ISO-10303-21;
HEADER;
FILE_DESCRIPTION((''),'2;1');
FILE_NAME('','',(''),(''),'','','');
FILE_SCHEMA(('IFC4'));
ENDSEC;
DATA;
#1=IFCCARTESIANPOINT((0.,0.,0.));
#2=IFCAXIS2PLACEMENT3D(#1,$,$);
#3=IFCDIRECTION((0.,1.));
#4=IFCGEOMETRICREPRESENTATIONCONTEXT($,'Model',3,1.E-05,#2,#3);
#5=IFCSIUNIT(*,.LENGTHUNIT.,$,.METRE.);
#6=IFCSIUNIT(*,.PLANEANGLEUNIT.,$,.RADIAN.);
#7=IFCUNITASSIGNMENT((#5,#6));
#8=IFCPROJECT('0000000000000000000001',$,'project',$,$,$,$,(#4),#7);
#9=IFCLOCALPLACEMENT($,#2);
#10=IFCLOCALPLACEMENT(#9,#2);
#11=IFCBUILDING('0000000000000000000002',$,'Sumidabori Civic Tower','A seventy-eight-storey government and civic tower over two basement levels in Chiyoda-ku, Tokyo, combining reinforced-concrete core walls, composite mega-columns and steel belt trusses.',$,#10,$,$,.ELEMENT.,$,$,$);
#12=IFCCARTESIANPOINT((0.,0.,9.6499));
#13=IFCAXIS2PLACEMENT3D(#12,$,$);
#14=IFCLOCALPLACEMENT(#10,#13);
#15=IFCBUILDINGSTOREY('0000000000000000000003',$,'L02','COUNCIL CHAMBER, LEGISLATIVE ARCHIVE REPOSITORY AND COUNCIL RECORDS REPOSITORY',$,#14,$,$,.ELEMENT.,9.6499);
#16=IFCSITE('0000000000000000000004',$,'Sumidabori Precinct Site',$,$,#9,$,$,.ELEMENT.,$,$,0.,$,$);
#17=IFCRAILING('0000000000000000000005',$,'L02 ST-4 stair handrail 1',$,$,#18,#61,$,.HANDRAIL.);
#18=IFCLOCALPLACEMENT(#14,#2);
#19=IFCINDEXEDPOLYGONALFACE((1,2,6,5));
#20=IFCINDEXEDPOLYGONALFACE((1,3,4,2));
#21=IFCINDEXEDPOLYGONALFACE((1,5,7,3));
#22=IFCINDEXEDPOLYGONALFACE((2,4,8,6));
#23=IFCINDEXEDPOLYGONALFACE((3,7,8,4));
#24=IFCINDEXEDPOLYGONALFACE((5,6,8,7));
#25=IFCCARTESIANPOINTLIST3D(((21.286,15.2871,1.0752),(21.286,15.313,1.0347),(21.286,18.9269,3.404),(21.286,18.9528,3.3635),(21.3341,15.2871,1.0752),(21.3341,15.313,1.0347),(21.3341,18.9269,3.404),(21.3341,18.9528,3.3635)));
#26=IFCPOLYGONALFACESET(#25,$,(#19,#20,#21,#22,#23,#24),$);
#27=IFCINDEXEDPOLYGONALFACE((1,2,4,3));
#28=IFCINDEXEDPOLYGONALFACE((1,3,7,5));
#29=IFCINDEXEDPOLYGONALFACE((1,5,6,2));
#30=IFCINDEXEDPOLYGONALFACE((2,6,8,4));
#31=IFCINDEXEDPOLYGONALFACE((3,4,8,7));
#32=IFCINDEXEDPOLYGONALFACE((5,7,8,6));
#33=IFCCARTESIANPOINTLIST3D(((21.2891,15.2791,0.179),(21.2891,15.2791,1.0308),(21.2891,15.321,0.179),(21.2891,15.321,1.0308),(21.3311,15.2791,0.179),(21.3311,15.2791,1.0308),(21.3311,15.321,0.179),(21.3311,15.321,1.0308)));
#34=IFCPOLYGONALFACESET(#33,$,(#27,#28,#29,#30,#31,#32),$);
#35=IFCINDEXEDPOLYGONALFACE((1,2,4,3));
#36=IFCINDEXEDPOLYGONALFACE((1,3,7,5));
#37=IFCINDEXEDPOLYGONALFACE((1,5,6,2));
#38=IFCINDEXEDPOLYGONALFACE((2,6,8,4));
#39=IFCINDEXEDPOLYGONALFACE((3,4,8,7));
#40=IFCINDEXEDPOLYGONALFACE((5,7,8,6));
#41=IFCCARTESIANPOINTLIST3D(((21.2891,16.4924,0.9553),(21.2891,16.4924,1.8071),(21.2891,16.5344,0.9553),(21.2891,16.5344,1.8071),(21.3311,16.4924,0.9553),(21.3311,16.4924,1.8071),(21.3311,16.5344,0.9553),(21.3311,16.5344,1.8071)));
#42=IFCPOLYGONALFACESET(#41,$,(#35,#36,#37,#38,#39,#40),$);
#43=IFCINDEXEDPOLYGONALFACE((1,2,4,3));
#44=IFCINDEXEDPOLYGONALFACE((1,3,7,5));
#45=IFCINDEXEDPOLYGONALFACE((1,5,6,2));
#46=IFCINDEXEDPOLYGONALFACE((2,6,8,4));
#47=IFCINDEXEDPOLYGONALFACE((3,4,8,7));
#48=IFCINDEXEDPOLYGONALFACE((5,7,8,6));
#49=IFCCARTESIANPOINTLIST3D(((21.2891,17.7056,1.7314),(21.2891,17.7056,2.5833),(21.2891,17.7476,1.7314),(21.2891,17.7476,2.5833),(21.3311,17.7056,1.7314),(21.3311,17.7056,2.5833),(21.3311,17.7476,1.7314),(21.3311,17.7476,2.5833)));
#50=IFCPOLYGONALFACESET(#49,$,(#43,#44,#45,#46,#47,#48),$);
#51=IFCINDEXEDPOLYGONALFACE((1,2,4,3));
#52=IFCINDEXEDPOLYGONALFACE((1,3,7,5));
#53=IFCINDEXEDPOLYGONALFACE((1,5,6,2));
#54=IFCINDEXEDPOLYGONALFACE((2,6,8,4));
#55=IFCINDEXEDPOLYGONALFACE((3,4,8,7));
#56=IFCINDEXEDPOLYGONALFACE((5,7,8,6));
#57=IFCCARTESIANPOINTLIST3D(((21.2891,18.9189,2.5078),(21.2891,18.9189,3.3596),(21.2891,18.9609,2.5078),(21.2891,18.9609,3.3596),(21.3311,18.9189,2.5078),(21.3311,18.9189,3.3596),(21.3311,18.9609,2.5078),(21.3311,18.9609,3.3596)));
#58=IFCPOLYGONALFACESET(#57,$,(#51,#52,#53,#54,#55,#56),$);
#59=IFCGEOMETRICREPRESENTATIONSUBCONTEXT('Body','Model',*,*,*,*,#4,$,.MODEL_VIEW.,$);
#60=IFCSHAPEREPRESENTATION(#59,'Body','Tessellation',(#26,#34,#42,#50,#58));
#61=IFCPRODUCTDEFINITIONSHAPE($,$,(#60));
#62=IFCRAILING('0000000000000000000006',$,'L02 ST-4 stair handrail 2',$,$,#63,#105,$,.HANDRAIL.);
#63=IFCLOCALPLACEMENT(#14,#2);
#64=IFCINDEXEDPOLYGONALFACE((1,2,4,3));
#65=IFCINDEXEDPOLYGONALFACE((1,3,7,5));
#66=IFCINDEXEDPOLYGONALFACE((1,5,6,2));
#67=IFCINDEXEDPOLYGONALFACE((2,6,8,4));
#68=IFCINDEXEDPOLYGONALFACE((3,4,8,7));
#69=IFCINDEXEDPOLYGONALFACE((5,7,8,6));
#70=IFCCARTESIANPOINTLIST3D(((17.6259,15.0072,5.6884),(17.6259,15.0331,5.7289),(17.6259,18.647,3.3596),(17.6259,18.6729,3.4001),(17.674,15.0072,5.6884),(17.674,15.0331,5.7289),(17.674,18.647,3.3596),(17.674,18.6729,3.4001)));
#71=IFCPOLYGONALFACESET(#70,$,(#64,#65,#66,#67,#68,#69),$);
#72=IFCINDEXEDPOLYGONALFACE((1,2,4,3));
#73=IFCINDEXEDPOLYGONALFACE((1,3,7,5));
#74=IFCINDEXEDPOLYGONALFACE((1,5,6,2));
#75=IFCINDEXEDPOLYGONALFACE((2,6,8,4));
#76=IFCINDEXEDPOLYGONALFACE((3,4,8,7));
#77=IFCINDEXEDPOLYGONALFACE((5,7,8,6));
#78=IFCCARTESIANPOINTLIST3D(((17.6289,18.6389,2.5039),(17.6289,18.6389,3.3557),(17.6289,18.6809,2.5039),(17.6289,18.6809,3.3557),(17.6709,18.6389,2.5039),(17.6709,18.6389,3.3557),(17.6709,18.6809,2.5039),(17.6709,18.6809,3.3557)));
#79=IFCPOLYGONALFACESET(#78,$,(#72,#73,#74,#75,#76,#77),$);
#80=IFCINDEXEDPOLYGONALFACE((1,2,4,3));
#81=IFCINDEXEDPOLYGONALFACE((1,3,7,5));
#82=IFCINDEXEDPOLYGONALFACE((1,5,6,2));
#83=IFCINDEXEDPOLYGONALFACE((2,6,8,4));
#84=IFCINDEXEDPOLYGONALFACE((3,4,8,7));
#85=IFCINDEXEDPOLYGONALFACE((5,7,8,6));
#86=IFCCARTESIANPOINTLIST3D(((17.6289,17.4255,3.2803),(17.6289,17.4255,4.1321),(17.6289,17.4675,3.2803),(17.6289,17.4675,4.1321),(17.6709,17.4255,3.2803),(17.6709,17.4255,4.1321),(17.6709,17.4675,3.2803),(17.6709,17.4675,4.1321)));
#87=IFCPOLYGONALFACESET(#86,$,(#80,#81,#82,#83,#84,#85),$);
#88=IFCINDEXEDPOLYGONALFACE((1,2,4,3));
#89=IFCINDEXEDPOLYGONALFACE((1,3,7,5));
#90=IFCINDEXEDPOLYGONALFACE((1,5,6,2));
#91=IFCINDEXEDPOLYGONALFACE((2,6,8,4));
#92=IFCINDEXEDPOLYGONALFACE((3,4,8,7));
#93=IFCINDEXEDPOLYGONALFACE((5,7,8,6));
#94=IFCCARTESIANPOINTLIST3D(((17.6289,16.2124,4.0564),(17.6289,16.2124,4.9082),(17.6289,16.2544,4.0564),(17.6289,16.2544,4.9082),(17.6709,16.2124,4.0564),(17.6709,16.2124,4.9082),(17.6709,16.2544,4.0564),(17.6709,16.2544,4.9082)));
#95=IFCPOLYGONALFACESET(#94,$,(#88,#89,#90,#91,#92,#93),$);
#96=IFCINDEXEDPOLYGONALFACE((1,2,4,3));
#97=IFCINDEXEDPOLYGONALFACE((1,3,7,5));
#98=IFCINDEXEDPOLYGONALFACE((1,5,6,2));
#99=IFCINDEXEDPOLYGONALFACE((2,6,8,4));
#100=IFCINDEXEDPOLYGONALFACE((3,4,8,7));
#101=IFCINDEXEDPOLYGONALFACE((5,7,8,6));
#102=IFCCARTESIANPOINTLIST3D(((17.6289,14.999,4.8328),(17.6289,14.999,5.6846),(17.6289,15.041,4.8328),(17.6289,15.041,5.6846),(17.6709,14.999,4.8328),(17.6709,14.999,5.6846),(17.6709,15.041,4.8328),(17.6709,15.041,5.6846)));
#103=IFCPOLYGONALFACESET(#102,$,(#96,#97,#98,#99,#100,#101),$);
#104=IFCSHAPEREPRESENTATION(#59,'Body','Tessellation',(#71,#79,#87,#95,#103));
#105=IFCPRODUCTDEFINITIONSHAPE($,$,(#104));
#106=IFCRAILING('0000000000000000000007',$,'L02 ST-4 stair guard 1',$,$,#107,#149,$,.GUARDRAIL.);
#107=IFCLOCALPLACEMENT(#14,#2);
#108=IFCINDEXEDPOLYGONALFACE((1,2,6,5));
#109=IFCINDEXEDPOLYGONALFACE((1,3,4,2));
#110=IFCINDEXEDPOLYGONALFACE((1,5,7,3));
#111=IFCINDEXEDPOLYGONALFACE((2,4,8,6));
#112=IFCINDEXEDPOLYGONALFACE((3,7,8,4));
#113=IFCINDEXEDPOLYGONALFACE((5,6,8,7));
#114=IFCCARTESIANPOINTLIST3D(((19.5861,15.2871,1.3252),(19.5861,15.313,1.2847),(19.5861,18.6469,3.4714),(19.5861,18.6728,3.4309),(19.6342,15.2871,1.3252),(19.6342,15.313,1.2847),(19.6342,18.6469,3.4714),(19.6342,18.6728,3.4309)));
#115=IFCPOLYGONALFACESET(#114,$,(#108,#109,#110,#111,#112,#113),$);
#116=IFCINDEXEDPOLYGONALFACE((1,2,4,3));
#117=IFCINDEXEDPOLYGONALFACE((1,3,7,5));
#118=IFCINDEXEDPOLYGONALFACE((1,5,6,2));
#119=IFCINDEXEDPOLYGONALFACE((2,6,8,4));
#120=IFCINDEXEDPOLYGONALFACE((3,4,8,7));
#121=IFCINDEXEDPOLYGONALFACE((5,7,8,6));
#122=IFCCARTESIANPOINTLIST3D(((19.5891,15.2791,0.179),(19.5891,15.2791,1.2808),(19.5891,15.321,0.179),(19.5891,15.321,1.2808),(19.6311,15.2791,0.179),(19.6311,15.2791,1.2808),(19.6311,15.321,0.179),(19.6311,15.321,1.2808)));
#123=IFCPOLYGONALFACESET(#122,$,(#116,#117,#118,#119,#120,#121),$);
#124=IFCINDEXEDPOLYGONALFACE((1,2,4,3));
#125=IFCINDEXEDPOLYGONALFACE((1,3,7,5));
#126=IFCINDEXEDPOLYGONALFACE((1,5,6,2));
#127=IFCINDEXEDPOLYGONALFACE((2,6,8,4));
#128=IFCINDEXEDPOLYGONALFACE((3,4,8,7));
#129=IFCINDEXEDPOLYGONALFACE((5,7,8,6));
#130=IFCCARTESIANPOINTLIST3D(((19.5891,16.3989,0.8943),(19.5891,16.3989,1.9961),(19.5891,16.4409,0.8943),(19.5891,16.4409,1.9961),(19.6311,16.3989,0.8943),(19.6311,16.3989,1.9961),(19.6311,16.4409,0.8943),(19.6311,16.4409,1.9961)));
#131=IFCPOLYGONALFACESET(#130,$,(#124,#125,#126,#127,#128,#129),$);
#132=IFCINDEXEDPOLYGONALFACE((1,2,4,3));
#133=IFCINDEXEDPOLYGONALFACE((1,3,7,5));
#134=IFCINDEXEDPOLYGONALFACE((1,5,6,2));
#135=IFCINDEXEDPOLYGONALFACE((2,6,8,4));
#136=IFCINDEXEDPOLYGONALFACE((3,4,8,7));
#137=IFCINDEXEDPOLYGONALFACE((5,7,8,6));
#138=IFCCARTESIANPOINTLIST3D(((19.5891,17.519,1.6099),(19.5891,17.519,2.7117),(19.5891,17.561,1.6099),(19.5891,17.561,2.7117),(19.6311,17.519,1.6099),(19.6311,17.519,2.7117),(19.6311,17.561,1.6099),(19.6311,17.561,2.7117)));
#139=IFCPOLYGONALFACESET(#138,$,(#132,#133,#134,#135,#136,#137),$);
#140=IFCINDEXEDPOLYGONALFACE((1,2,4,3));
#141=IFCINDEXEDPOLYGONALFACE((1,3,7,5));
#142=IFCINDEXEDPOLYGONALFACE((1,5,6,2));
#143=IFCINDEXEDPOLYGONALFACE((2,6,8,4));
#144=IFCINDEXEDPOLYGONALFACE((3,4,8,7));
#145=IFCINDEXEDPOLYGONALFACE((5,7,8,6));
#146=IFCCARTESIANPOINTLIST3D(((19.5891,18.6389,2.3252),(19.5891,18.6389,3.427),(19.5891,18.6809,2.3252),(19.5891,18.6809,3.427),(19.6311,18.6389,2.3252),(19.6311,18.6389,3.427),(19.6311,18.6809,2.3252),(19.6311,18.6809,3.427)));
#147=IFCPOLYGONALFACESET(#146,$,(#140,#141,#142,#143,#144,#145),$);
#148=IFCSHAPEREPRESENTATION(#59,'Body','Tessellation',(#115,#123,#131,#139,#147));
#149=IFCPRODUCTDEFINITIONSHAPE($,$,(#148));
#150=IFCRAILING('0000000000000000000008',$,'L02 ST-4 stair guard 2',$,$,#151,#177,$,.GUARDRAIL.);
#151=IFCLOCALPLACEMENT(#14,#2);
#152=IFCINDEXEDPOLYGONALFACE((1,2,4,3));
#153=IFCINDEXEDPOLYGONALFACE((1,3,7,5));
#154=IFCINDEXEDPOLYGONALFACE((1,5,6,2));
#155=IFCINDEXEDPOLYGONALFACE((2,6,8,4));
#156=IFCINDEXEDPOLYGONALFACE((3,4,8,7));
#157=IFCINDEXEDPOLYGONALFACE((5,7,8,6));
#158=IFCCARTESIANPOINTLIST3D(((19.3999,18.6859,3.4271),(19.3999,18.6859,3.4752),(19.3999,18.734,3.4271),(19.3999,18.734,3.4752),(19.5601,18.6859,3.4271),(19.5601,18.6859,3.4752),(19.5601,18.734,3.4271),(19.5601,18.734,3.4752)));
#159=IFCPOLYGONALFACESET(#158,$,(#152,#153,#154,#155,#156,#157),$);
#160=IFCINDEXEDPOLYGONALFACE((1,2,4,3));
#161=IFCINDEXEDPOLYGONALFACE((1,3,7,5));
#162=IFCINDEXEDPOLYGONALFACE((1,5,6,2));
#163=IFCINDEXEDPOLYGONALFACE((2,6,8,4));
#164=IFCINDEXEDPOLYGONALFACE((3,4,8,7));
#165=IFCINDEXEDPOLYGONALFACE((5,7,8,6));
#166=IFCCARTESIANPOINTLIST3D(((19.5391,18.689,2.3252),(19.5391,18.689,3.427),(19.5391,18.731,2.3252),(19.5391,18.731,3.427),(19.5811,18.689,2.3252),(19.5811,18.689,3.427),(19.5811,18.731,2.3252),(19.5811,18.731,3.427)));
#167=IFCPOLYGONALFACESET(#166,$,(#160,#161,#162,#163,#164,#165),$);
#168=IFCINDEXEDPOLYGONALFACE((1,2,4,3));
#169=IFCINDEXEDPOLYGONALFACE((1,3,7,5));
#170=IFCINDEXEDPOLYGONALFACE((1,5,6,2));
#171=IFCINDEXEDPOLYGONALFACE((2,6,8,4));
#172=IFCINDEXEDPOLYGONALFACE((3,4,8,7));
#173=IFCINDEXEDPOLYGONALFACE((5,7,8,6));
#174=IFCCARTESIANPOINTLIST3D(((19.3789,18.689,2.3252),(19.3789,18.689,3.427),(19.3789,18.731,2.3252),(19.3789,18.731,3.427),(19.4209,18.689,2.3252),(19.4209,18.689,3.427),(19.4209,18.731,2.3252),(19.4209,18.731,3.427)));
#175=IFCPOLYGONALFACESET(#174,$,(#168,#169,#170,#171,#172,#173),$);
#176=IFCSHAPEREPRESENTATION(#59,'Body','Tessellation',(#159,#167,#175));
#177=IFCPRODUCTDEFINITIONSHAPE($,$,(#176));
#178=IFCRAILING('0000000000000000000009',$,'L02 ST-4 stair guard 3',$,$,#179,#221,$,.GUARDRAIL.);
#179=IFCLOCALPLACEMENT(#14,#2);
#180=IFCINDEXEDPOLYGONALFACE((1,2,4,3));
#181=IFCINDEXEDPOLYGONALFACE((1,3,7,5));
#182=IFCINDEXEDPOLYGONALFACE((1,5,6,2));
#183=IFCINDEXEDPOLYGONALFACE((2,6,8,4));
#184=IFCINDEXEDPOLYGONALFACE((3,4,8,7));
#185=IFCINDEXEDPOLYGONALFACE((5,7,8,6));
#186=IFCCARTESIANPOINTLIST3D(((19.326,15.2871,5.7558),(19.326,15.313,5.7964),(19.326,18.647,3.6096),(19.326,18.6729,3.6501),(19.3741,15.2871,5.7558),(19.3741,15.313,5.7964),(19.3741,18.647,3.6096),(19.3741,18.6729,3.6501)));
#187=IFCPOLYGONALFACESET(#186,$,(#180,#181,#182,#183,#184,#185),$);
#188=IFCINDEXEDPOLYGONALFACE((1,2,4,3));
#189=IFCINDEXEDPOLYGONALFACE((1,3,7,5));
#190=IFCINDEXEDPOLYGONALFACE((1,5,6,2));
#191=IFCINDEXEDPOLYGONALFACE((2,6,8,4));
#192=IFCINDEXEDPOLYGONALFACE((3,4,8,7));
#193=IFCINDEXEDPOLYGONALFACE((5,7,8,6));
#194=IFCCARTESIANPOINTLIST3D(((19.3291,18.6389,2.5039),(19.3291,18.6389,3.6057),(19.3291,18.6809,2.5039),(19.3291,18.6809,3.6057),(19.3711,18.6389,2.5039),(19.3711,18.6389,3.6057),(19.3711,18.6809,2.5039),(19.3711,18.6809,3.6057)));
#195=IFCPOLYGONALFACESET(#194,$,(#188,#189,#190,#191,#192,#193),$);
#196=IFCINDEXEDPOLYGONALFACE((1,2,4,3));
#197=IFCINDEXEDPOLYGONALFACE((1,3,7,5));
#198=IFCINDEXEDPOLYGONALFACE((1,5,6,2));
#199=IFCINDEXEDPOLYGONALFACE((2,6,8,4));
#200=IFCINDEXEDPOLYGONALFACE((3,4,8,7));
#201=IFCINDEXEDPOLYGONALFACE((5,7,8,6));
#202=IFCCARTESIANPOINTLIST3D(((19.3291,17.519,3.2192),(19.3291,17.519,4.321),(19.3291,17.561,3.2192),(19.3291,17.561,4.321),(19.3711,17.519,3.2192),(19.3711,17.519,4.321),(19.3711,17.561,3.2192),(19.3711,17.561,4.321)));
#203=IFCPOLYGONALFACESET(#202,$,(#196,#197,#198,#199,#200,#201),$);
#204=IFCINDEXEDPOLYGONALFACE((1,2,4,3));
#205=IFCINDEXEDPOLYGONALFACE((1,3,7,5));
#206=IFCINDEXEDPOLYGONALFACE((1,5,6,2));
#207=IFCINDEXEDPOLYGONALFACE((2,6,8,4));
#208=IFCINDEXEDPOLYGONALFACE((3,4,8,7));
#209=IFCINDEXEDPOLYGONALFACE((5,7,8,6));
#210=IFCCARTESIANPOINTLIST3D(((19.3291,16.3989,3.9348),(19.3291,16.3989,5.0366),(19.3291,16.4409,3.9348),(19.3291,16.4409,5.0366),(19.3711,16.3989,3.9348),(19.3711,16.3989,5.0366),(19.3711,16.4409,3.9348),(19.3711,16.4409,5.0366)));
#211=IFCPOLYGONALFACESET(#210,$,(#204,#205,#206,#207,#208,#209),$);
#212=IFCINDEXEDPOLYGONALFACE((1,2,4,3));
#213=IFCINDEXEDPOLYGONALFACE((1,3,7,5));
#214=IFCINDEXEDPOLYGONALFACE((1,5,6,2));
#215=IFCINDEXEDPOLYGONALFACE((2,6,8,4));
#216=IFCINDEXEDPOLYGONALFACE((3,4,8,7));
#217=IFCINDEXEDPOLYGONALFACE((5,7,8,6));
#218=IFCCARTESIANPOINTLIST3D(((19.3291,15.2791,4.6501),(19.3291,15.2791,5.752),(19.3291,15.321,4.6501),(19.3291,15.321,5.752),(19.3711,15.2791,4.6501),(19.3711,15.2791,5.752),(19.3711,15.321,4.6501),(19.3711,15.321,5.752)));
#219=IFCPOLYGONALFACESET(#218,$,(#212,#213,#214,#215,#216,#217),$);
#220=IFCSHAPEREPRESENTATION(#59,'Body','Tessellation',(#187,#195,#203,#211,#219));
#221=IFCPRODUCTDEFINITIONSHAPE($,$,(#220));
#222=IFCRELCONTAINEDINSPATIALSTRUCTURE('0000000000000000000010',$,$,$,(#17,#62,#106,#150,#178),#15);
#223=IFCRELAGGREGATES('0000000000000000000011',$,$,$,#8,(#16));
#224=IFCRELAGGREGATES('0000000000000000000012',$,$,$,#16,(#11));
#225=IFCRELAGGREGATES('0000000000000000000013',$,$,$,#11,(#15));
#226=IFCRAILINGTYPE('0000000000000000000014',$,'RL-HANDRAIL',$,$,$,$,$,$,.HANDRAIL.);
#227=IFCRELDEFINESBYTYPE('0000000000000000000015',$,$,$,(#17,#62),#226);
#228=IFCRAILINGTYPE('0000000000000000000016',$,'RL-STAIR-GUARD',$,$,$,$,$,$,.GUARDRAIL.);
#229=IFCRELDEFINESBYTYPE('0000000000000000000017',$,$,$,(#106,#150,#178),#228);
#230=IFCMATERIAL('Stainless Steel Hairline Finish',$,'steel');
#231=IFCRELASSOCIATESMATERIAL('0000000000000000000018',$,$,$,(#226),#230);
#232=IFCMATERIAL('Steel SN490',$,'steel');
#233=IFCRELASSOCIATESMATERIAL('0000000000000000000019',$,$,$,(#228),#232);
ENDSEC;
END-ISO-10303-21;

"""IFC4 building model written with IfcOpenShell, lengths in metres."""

from ifc_helpers import new_model, si_unit, direction, frame, origin, origin_2d, place, context, subcontext, project, spatial, rectangle, extrude, material, type_object, element, save


model = new_model("IFC4")

# Units and contexts
model_context = context("Model", 3, precision=1e-05, world=origin(), true_north=direction((0.0, 1.0)))
body_context = subcontext(model_context, "Body", "Model", "MODEL_VIEW")
ifc_project = project(units=[si_unit("LENGTHUNIT", "METRE"), si_unit("PLANEANGLEUNIT", "RADIAN")], contexts=[model_context])

# Site, building, storey
site_placement = place(None, origin())
site = spatial("IfcSite", under=ifc_project, at=site_placement, Name="Sumidabori Precinct Site", CompositionType="ELEMENT", RefElevation=0.0)
building_placement = place(site_placement, origin())
building = spatial("IfcBuilding", under=site, at=building_placement, Name="Sumidabori Civic Tower", Description="A seventy-eight-storey government and civic tower over two basement levels in Chiyoda-ku, Tokyo, combining reinforced-concrete core walls, composite mega-columns and steel belt trusses.", CompositionType="ELEMENT")
storey_placement = place(building_placement, frame((0.0, 0.0, 9.6499)))
storey = spatial("IfcBuildingStorey", under=building, at=storey_placement, Name="L02", Description="COUNCIL CHAMBER, LEGISLATIVE ARCHIVE REPOSITORY AND COUNCIL RECORDS REPOSITORY", CompositionType="ELEMENT", Elevation=9.6499)

# Shared definitions
ifc_material_1 = material(Name="Steel SN490", Category="steel")

# Railings
ifc_material_2 = material(Name="Stainless Steel Hairline Finish", Category="steel")
railing_type_1 = type_object("IfcRailingType", Name="RL-HANDRAIL", PredefinedType="HANDRAIL", material=ifc_material_2)
for number, where, name in (
    (1, (21.3101, 15.3, 0.179), "L02 ST-4 stair handrail 1"),
):
    element("IfcRailing", number, at=place(storey_placement, frame(where)), inside=storey, type_object=railing_type_1, Name=name, PredefinedType="HANDRAIL", context=body_context, shape_type="SweptSolid", body=[
        extrude(rectangle(XDim=0.0481, YDim=0.0481, at=origin_2d()), frame((0.0, 0.0, 0.876), z_axis=(0.0, 0.842342, 0.538943), x_axis=(-1.0, 0.0, 0.0)), (0.0, 0.0, 1.0), 4.321),
        extrude(rectangle(XDim=0.042, YDim=0.042, at=origin_2d()), origin(), (0.0, 0.0, 1.0), 0.8518),
        extrude(rectangle(XDim=0.042, YDim=0.042, at=origin_2d()), frame((0.0, 1.2134, 0.7764)), (0.0, 0.0, 1.0), 0.8518),
        extrude(rectangle(XDim=0.042, YDim=0.042, at=origin_2d()), frame((0.0, 2.4265, 1.5525)), (0.0, 0.0, 1.0), 0.8518),
        extrude(rectangle(XDim=0.042, YDim=0.042, at=origin_2d()), frame((0.0, 3.6399, 2.3289)), (0.0, 0.0, 1.0), 0.8518),
    ])
railing_1_placement = place(storey_placement, frame((17.6499, 18.6599, 2.5039)))
element("IfcRailing", 2, at=railing_1_placement, inside=storey, type_object=railing_type_1, Name="L02 ST-4 stair handrail 2", PredefinedType="HANDRAIL", context=body_context, shape_type="SweptSolid", body=[
    extrude(rectangle(XDim=0.0481, YDim=0.0481, at=origin_2d()), frame((0.0, 0.0, 0.876), z_axis=(0.0, -0.842342, 0.538943), x_axis=(1.0, 0.0, 0.0)), (0.0, 0.0, 1.0), 4.321),
    extrude(rectangle(XDim=0.042, YDim=0.042, at=origin_2d()), origin(), (0.0, 0.0, 1.0), 0.8518),
    extrude(rectangle(XDim=0.042, YDim=0.042, at=origin_2d()), frame((0.0, -1.2134, 0.7764)), (0.0, 0.0, 1.0), 0.8518),
    extrude(rectangle(XDim=0.042, YDim=0.042, at=origin_2d()), frame((0.0, -2.4265, 1.5525)), (0.0, 0.0, 1.0), 0.8518),
    extrude(rectangle(XDim=0.042, YDim=0.042, at=origin_2d()), frame((0.0, -3.6399, 2.3289)), (0.0, 0.0, 1.0), 0.8518),
])
railing_type_2 = type_object("IfcRailingType", Name="RL-STAIR-GUARD", PredefinedType="GUARDRAIL", material=ifc_material_1)
railing_2_placement = place(storey_placement, frame((19.6101, 15.3, 0.179)))
element("IfcRailing", 3, at=railing_2_placement, inside=storey, type_object=railing_type_2, Name="L02 ST-4 stair guard 1", PredefinedType="GUARDRAIL", context=body_context, shape_type="SweptSolid", body=[
    extrude(rectangle(XDim=0.0481, YDim=0.0481, at=origin_2d()), frame((0.0, 0.0, 1.126), z_axis=(0.0, 0.842735, 0.538329), x_axis=(-1.0, 0.0, 0.0)), (0.0, 0.0, 1.0), 3.9868),
    extrude(rectangle(XDim=0.042, YDim=0.042, at=origin_2d()), origin(), (0.0, 0.0, 1.0), 1.1018),
    extrude(rectangle(XDim=0.042, YDim=0.042, at=origin_2d()), frame((0.0, 1.1199, 0.7153)), (0.0, 0.0, 1.0), 1.1018),
    extrude(rectangle(XDim=0.042, YDim=0.042, at=origin_2d()), frame((0.0, 2.24, 1.4309)), (0.0, 0.0, 1.0), 1.1018),
    extrude(rectangle(XDim=0.042, YDim=0.042, at=origin_2d()), frame((0.0, 3.3599, 2.1462)), (0.0, 0.0, 1.0), 1.1018),
])
railing_3_placement = place(storey_placement, frame((19.5601, 18.71, 2.3252)))
element("IfcRailing", 4, at=railing_3_placement, inside=storey, type_object=railing_type_2, Name="L02 ST-4 stair guard 2", PredefinedType="GUARDRAIL", context=body_context, shape_type="SweptSolid", body=[
    extrude(rectangle(XDim=0.0481, YDim=0.0481, at=origin_2d()), frame((0.0, 0.0, 1.126), z_axis=(-1.0, 0.0, 0.0), x_axis=(0.0, -1.0, 0.0)), (0.0, 0.0, 1.0), 0.1602),
    extrude(rectangle(XDim=0.042, YDim=0.042, at=origin_2d()), origin(), (0.0, 0.0, 1.0), 1.1018),
    extrude(rectangle(XDim=0.042, YDim=0.042, at=origin_2d()), frame((-0.1602, 0.0, 0.0)), (0.0, 0.0, 1.0), 1.1018),
])
railing_4_placement = place(storey_placement, frame((19.3501, 18.6599, 2.5039)))
element("IfcRailing", 5, at=railing_4_placement, inside=storey, type_object=railing_type_2, Name="L02 ST-4 stair guard 3", PredefinedType="GUARDRAIL", context=body_context, shape_type="SweptSolid", body=[
    extrude(rectangle(XDim=0.0481, YDim=0.0481, at=origin_2d()), frame((0.0, 0.0, 1.126), z_axis=(0.0, -0.842735, 0.538329), x_axis=(1.0, 0.0, 0.0)), (0.0, 0.0, 1.0), 3.9868),
    extrude(rectangle(XDim=0.042, YDim=0.042, at=origin_2d()), origin(), (0.0, 0.0, 1.0), 1.1018),
    extrude(rectangle(XDim=0.042, YDim=0.042, at=origin_2d()), frame((0.0, -1.1199, 0.7153)), (0.0, 0.0, 1.0), 1.1018),
    extrude(rectangle(XDim=0.042, YDim=0.042, at=origin_2d()), frame((0.0, -2.24, 1.4309)), (0.0, 0.0, 1.0), 1.1018),
    extrude(rectangle(XDim=0.042, YDim=0.042, at=origin_2d()), frame((0.0, -3.3599, 2.1462)), (0.0, 0.0, 1.0), 1.1018),
])

save(model, "model.ifc")
